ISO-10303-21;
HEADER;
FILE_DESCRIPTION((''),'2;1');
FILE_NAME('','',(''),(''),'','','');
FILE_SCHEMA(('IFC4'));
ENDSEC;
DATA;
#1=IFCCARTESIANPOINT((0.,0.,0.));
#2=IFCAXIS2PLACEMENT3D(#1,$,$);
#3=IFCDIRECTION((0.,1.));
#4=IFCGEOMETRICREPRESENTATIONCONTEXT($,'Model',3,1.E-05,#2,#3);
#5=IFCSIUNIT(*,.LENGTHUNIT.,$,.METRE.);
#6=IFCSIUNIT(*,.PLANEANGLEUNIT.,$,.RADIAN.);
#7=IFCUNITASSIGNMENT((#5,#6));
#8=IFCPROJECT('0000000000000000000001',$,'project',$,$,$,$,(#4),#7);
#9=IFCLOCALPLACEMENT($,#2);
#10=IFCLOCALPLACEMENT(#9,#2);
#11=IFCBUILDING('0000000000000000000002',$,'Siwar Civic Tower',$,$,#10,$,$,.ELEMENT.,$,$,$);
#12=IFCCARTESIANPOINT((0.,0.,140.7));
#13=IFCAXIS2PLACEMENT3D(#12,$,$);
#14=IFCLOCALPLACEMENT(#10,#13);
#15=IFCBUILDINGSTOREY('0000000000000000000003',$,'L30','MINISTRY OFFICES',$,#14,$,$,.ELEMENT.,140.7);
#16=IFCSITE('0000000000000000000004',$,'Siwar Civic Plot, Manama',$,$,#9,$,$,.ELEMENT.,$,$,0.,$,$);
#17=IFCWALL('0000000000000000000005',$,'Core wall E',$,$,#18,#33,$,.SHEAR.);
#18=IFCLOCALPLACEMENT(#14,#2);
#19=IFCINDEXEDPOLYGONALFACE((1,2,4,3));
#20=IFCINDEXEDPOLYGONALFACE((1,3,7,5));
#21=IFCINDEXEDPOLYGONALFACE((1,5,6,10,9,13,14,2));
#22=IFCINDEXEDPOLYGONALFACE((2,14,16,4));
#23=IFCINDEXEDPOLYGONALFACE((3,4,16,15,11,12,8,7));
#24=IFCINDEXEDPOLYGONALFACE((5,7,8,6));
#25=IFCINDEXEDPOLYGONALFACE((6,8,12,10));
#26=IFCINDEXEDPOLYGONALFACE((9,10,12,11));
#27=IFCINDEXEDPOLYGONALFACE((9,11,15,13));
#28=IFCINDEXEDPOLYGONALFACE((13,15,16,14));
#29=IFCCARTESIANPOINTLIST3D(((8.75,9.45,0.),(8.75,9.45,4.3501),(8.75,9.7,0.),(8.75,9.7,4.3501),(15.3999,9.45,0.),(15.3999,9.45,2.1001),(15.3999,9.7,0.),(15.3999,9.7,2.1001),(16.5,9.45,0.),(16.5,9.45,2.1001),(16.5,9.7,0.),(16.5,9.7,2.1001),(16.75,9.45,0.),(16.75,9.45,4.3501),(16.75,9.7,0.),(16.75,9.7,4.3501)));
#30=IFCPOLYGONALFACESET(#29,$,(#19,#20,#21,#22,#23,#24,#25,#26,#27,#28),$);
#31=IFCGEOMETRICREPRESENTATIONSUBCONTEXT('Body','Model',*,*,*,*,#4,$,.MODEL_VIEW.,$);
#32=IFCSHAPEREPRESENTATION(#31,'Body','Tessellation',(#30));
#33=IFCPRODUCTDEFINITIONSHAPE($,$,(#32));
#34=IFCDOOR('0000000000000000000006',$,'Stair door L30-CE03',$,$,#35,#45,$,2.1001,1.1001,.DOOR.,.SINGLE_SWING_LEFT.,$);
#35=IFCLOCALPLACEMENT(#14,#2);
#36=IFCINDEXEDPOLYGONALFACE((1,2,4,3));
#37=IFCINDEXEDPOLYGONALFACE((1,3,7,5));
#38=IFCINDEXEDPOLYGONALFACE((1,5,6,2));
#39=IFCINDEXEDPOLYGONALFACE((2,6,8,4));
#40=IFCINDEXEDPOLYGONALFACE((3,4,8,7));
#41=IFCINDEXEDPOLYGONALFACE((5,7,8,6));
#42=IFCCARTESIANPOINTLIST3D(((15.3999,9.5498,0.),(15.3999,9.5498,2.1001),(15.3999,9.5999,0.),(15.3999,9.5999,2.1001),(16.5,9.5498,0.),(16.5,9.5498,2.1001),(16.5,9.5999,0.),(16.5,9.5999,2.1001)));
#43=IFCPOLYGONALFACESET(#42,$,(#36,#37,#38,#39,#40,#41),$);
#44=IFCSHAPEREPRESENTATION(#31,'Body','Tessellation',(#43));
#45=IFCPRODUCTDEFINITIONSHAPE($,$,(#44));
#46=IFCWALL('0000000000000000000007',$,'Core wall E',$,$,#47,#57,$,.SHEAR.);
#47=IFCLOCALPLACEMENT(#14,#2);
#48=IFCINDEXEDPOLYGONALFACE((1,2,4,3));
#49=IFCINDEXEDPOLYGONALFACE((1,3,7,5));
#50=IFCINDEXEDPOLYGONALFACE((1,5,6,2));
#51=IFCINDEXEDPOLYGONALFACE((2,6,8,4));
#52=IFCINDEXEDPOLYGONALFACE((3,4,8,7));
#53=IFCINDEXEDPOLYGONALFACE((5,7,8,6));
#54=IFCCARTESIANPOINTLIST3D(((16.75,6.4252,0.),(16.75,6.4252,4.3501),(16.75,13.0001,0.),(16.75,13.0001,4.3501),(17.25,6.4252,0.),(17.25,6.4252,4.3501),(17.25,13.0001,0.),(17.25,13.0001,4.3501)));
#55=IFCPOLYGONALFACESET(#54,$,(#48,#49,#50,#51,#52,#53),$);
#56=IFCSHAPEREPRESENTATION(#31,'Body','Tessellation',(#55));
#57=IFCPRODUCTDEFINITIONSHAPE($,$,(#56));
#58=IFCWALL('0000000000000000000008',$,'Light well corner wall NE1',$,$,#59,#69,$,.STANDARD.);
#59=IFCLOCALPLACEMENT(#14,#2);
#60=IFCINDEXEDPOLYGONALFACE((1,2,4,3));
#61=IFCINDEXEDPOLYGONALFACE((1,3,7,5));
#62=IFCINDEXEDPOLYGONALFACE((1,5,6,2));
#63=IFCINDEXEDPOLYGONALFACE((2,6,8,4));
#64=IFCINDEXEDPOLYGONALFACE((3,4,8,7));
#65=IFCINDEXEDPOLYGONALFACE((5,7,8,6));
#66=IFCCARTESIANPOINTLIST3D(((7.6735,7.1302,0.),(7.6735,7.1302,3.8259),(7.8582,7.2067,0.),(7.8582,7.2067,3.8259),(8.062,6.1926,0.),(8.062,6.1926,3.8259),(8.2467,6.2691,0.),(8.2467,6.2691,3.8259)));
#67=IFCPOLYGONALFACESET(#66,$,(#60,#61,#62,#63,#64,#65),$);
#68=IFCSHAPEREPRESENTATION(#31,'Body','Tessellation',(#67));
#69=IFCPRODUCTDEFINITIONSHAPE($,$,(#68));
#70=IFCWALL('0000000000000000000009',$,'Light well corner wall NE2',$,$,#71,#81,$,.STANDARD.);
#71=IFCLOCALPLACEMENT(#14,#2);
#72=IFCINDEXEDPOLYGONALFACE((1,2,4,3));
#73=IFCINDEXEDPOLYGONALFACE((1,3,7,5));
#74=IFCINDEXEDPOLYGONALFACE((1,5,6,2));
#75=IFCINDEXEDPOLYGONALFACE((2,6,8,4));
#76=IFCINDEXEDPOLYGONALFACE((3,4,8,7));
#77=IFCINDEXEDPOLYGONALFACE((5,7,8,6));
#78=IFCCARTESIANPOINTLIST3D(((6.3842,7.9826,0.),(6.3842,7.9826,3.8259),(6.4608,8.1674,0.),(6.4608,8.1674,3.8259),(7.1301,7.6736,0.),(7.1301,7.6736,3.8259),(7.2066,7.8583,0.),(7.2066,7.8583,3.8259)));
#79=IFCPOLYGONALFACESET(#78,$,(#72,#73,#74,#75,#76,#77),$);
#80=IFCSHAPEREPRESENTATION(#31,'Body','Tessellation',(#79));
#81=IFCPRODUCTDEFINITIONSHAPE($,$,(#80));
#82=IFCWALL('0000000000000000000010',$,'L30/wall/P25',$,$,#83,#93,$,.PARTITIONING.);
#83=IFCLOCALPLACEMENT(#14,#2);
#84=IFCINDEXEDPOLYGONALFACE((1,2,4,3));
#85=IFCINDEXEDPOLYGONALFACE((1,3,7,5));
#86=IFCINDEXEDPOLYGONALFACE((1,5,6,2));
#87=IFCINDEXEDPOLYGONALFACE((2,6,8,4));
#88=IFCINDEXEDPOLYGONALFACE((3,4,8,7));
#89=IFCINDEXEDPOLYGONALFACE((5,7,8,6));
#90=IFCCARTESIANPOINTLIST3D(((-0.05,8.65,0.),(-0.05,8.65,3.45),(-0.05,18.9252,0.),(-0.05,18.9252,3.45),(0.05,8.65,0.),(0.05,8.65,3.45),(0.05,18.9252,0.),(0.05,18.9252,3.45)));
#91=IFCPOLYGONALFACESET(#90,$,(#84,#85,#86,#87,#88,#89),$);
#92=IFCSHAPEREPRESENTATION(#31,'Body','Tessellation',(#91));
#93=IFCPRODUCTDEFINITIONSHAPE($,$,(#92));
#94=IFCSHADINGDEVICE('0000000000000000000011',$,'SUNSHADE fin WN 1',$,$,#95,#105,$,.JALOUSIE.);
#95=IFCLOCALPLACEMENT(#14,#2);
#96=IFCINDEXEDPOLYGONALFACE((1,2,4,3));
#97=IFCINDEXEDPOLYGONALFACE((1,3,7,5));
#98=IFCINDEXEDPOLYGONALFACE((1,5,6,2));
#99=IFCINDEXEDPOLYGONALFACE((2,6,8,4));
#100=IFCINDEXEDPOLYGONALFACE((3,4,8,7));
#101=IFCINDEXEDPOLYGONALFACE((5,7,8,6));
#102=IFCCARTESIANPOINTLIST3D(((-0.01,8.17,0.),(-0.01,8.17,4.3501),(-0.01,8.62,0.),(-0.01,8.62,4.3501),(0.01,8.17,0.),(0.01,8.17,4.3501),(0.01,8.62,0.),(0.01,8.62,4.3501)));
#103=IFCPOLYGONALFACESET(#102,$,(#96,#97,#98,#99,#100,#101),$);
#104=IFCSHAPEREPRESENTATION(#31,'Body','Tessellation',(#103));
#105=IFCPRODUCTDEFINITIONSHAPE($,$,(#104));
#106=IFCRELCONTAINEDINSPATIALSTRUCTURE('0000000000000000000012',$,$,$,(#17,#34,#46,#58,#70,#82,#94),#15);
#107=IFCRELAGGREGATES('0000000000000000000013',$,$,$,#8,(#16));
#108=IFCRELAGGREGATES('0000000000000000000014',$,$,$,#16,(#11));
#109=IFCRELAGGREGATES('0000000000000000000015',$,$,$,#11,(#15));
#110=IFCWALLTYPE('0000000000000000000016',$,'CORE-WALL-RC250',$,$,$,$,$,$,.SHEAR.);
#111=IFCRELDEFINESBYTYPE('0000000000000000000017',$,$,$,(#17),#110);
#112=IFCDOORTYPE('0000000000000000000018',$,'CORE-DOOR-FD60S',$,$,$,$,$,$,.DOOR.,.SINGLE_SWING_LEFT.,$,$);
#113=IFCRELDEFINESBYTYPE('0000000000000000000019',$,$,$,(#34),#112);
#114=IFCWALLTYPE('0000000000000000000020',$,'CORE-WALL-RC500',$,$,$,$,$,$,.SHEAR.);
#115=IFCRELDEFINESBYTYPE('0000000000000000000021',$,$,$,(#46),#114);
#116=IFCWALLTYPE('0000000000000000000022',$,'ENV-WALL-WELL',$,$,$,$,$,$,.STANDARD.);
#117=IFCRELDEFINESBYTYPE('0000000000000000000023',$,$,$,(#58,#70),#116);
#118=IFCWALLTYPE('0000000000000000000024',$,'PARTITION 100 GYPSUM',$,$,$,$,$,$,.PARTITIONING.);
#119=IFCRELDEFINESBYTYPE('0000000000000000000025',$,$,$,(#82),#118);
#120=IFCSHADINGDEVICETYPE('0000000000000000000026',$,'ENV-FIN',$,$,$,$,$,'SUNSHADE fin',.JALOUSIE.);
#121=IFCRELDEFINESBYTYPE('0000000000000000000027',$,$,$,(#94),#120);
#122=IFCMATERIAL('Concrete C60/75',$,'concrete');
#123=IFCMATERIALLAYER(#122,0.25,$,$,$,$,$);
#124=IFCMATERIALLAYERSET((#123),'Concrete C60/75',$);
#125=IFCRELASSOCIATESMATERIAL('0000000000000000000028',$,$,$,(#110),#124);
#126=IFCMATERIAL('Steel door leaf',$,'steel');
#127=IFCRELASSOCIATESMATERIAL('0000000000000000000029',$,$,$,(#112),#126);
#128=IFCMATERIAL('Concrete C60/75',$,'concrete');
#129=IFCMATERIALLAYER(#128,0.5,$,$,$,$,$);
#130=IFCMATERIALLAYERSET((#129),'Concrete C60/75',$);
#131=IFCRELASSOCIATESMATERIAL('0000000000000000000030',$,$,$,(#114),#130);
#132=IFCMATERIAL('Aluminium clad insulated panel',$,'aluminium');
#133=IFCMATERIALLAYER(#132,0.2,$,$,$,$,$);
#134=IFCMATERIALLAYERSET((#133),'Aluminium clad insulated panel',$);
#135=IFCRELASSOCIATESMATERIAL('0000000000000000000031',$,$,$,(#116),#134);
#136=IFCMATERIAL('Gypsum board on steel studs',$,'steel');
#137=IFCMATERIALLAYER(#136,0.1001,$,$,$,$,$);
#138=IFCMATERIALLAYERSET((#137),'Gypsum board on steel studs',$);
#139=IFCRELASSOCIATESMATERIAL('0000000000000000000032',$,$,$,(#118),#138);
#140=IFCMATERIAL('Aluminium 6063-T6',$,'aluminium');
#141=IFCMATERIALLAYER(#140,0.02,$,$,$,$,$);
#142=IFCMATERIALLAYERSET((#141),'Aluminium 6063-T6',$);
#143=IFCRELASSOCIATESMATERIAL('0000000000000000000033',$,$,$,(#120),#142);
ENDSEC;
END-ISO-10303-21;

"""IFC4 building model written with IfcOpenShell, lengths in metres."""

from ifc_helpers import new_model, si_unit, direction, frame, frame_2d, origin, origin_2d, place, context, subcontext, project, spatial, rectangle, extrude, material, layer, layer_set, type_object, element, fill, save


model = new_model("IFC4")

# Units and contexts
model_context = context("Model", 3, precision=1e-05, world=origin(), true_north=direction((0.0, 1.0)))
body_context = subcontext(model_context, "Body", "Model", "MODEL_VIEW")
ifc_project = project(units=[si_unit("LENGTHUNIT", "METRE"), si_unit("PLANEANGLEUNIT", "RADIAN")], contexts=[model_context])

# Site, building, storey
site_placement = place(None, origin())
site = spatial("IfcSite", under=ifc_project, at=site_placement, Name="Siwar Civic Plot, Manama", CompositionType="ELEMENT", RefElevation=0.0)
building_placement = place(site_placement, origin())
building = spatial("IfcBuilding", under=site, at=building_placement, Name="Siwar Civic Tower", CompositionType="ELEMENT")
storey_placement = place(building_placement, frame((0.0, 0.0, 140.7)))
storey = spatial("IfcBuildingStorey", under=building, at=storey_placement, Name="L30", Description="MINISTRY OFFICES", CompositionType="ELEMENT", Elevation=140.7)

# Shared definitions
ifc_material_1 = material(Name="Concrete C60/75", Category="concrete")
ifc_layer_1 = layer(ifc_material_1, 0.25)
ifc_layer_set_1 = layer_set([ifc_layer_1], Name="Concrete C60/75")
wall_type_1 = type_object("IfcWallType", Name="CORE-WALL-RC250", PredefinedType="SHEAR", material=ifc_layer_set_1)

# Wall, opening, door
wall_1_placement = place(storey_placement, frame((8.75, 9.575, 0.0), z_axis=(0.0, 0.0, 1.0), x_axis=(1.0, 0.0, 0.0)))
wall_1 = element("IfcWall", 1, at=wall_1_placement, inside=storey, type_object=wall_type_1, Name="Core wall E", PredefinedType="SHEAR", context=body_context, shape_type="SweptSolid", body=[
    extrude(rectangle(XDim=8.0, YDim=0.25, at=frame_2d((4.0, 0.0))), origin(), (0.0, 0.0, 1.0), 4.3501),
])
opening_1_placement = place(wall_1_placement, frame((6.6499, 0.0, 0.0)))
opening_1 = element("IfcOpeningElement", 2, at=opening_1_placement, cuts=wall_1, PredefinedType="OPENING", context=body_context, shape_type="SweptSolid", body=[
    extrude(rectangle(XDim=1.1001, YDim=2.1001, at=frame_2d((0.55, 1.05))), frame((0.0, 0.135, 0.0), z_axis=(0.0, -1.0, 0.0), x_axis=(1.0, 0.0, 0.0)), (0.0, 0.0, 1.0), 0.27),
])
ifc_material_2 = material(Name="Steel door leaf", Category="steel")
door_type_1 = type_object("IfcDoorType", Name="CORE-DOOR-FD60S", OperationType="SINGLE_SWING_LEFT", PredefinedType="DOOR", material=ifc_material_2)
door_1_placement = place(opening_1_placement, origin())
door_1 = element("IfcDoor", 3, at=door_1_placement, inside=storey, type_object=door_type_1, Name="Stair door L30-CE03", OperationType="SINGLE_SWING_LEFT", OverallHeight=2.1001, OverallWidth=1.1001, PredefinedType="DOOR", context=body_context, shape_type="SweptSolid", body=[
    extrude(rectangle(XDim=1.1001, YDim=2.1001, at=frame_2d((0.55, 1.05))), frame((0.0, 0.0249, 0.0), z_axis=(0.0, -1.0, 0.0), x_axis=(1.0, 0.0, 0.0)), (0.0, 0.0, 1.0), 0.05),
])
fill(opening_1, door_1)

# Walls
ifc_material_3 = material(Name="Concrete C60/75", Category="concrete")
ifc_layer_2 = layer(ifc_material_3, 0.5)
ifc_layer_set_2 = layer_set([ifc_layer_2], Name="Concrete C60/75")
wall_type_2 = type_object("IfcWallType", Name="CORE-WALL-RC500", PredefinedType="SHEAR", material=ifc_layer_set_2)
wall_2_placement = place(storey_placement, frame((17.0, 6.425, 0.0), z_axis=(0.0, 0.0, 1.0), x_axis=(0.0, 1.0, 0.0)))
element("IfcWall", 4, at=wall_2_placement, inside=storey, type_object=wall_type_2, Name="Core wall E", PredefinedType="SHEAR", context=body_context, shape_type="SweptSolid", body=[
    extrude(rectangle(XDim=6.575, YDim=0.5, at=frame_2d((3.2876, 0.0))), origin(), (0.0, 0.0, 1.0), 4.3501),
])
ifc_material_4 = material(Name="Aluminium clad insulated panel", Category="aluminium")
ifc_layer_3 = layer(ifc_material_4, 0.2)
ifc_layer_set_3 = layer_set([ifc_layer_3], Name="Aluminium clad insulated panel")
wall_type_3 = type_object("IfcWallType", Name="ENV-WALL-WELL", PredefinedType="STANDARD", material=ifc_layer_set_3)
wall_3_placement = place(storey_placement, frame((8.1543, 6.231, 0.0), z_axis=(0.0, 0.0, 1.0), x_axis=(-0.38277, 0.923844, 0.0)))
element("IfcWall", 5, at=wall_3_placement, inside=storey, type_object=wall_type_3, Name="Light well corner wall NE1", PredefinedType="STANDARD", context=body_context, shape_type="SweptSolid", body=[
    extrude(rectangle(XDim=1.0149, YDim=0.2, at=frame_2d((0.5073, 0.0))), origin(), (0.0, 0.0, 1.0), 3.8259),
])
wall_4_placement = place(storey_placement, frame((7.1685, 7.7659, 0.0), z_axis=(0.0, 0.0, 1.0), x_axis=(-0.923818, 0.382833, 0.0)))
element("IfcWall", 6, at=wall_4_placement, inside=storey, type_object=wall_type_3, Name="Light well corner wall NE2", PredefinedType="STANDARD", context=body_context, shape_type="SweptSolid", body=[
    extrude(rectangle(XDim=0.8074, YDim=0.2, at=frame_2d((0.4038, 0.0))), origin(), (0.0, 0.0, 1.0), 3.8259),
])
ifc_material_5 = material(Name="Gypsum board on steel studs", Category="steel")
ifc_layer_4 = layer(ifc_material_5, 0.1001)
ifc_layer_set_4 = layer_set([ifc_layer_4], Name="Gypsum board on steel studs")
wall_type_4 = type_object("IfcWallType", Name="PARTITION 100 GYPSUM", PredefinedType="PARTITIONING", material=ifc_layer_set_4)
wall_5_placement = place(storey_placement, frame((0.0, 8.6499, 0.0), z_axis=(0.0, 0.0, 1.0), x_axis=(0.0, 1.0, 0.0)))
element("IfcWall", 7, at=wall_5_placement, inside=storey, type_object=wall_type_4, Name="L30/wall/P25", PredefinedType="PARTITIONING", context=body_context, shape_type="SweptSolid", body=[
    extrude(rectangle(XDim=10.2751, YDim=0.1001, at=frame_2d((5.1377, 0.0))), origin(), (0.0, 0.0, 1.0), 3.45),
])

# Shading device
ifc_material_6 = material(Name="Aluminium 6063-T6", Category="aluminium")
ifc_layer_5 = layer(ifc_material_6, 0.02)
ifc_layer_set_5 = layer_set([ifc_layer_5], Name="Aluminium 6063-T6")
shading_device_type = type_object("IfcShadingDeviceType", Name="ENV-FIN", ElementType="SUNSHADE fin", PredefinedType="JALOUSIE", material=ifc_layer_set_5)
shading_device_placement = place(storey_placement, frame((0.0, 8.395, 0.0), z_axis=(0.0, 0.0, 1.0), x_axis=(-1.0, 0.0, 0.0)))
element("IfcShadingDevice", 8, at=shading_device_placement, inside=storey, type_object=shading_device_type, Name="SUNSHADE fin WN 1", PredefinedType="JALOUSIE", context=body_context, shape_type="SweptSolid", body=[
    extrude(rectangle(XDim=0.02, YDim=0.45, at=origin_2d()), origin(), (0.0, 0.0, 1.0), 4.3501),
])

save(model, "model.ifc")
